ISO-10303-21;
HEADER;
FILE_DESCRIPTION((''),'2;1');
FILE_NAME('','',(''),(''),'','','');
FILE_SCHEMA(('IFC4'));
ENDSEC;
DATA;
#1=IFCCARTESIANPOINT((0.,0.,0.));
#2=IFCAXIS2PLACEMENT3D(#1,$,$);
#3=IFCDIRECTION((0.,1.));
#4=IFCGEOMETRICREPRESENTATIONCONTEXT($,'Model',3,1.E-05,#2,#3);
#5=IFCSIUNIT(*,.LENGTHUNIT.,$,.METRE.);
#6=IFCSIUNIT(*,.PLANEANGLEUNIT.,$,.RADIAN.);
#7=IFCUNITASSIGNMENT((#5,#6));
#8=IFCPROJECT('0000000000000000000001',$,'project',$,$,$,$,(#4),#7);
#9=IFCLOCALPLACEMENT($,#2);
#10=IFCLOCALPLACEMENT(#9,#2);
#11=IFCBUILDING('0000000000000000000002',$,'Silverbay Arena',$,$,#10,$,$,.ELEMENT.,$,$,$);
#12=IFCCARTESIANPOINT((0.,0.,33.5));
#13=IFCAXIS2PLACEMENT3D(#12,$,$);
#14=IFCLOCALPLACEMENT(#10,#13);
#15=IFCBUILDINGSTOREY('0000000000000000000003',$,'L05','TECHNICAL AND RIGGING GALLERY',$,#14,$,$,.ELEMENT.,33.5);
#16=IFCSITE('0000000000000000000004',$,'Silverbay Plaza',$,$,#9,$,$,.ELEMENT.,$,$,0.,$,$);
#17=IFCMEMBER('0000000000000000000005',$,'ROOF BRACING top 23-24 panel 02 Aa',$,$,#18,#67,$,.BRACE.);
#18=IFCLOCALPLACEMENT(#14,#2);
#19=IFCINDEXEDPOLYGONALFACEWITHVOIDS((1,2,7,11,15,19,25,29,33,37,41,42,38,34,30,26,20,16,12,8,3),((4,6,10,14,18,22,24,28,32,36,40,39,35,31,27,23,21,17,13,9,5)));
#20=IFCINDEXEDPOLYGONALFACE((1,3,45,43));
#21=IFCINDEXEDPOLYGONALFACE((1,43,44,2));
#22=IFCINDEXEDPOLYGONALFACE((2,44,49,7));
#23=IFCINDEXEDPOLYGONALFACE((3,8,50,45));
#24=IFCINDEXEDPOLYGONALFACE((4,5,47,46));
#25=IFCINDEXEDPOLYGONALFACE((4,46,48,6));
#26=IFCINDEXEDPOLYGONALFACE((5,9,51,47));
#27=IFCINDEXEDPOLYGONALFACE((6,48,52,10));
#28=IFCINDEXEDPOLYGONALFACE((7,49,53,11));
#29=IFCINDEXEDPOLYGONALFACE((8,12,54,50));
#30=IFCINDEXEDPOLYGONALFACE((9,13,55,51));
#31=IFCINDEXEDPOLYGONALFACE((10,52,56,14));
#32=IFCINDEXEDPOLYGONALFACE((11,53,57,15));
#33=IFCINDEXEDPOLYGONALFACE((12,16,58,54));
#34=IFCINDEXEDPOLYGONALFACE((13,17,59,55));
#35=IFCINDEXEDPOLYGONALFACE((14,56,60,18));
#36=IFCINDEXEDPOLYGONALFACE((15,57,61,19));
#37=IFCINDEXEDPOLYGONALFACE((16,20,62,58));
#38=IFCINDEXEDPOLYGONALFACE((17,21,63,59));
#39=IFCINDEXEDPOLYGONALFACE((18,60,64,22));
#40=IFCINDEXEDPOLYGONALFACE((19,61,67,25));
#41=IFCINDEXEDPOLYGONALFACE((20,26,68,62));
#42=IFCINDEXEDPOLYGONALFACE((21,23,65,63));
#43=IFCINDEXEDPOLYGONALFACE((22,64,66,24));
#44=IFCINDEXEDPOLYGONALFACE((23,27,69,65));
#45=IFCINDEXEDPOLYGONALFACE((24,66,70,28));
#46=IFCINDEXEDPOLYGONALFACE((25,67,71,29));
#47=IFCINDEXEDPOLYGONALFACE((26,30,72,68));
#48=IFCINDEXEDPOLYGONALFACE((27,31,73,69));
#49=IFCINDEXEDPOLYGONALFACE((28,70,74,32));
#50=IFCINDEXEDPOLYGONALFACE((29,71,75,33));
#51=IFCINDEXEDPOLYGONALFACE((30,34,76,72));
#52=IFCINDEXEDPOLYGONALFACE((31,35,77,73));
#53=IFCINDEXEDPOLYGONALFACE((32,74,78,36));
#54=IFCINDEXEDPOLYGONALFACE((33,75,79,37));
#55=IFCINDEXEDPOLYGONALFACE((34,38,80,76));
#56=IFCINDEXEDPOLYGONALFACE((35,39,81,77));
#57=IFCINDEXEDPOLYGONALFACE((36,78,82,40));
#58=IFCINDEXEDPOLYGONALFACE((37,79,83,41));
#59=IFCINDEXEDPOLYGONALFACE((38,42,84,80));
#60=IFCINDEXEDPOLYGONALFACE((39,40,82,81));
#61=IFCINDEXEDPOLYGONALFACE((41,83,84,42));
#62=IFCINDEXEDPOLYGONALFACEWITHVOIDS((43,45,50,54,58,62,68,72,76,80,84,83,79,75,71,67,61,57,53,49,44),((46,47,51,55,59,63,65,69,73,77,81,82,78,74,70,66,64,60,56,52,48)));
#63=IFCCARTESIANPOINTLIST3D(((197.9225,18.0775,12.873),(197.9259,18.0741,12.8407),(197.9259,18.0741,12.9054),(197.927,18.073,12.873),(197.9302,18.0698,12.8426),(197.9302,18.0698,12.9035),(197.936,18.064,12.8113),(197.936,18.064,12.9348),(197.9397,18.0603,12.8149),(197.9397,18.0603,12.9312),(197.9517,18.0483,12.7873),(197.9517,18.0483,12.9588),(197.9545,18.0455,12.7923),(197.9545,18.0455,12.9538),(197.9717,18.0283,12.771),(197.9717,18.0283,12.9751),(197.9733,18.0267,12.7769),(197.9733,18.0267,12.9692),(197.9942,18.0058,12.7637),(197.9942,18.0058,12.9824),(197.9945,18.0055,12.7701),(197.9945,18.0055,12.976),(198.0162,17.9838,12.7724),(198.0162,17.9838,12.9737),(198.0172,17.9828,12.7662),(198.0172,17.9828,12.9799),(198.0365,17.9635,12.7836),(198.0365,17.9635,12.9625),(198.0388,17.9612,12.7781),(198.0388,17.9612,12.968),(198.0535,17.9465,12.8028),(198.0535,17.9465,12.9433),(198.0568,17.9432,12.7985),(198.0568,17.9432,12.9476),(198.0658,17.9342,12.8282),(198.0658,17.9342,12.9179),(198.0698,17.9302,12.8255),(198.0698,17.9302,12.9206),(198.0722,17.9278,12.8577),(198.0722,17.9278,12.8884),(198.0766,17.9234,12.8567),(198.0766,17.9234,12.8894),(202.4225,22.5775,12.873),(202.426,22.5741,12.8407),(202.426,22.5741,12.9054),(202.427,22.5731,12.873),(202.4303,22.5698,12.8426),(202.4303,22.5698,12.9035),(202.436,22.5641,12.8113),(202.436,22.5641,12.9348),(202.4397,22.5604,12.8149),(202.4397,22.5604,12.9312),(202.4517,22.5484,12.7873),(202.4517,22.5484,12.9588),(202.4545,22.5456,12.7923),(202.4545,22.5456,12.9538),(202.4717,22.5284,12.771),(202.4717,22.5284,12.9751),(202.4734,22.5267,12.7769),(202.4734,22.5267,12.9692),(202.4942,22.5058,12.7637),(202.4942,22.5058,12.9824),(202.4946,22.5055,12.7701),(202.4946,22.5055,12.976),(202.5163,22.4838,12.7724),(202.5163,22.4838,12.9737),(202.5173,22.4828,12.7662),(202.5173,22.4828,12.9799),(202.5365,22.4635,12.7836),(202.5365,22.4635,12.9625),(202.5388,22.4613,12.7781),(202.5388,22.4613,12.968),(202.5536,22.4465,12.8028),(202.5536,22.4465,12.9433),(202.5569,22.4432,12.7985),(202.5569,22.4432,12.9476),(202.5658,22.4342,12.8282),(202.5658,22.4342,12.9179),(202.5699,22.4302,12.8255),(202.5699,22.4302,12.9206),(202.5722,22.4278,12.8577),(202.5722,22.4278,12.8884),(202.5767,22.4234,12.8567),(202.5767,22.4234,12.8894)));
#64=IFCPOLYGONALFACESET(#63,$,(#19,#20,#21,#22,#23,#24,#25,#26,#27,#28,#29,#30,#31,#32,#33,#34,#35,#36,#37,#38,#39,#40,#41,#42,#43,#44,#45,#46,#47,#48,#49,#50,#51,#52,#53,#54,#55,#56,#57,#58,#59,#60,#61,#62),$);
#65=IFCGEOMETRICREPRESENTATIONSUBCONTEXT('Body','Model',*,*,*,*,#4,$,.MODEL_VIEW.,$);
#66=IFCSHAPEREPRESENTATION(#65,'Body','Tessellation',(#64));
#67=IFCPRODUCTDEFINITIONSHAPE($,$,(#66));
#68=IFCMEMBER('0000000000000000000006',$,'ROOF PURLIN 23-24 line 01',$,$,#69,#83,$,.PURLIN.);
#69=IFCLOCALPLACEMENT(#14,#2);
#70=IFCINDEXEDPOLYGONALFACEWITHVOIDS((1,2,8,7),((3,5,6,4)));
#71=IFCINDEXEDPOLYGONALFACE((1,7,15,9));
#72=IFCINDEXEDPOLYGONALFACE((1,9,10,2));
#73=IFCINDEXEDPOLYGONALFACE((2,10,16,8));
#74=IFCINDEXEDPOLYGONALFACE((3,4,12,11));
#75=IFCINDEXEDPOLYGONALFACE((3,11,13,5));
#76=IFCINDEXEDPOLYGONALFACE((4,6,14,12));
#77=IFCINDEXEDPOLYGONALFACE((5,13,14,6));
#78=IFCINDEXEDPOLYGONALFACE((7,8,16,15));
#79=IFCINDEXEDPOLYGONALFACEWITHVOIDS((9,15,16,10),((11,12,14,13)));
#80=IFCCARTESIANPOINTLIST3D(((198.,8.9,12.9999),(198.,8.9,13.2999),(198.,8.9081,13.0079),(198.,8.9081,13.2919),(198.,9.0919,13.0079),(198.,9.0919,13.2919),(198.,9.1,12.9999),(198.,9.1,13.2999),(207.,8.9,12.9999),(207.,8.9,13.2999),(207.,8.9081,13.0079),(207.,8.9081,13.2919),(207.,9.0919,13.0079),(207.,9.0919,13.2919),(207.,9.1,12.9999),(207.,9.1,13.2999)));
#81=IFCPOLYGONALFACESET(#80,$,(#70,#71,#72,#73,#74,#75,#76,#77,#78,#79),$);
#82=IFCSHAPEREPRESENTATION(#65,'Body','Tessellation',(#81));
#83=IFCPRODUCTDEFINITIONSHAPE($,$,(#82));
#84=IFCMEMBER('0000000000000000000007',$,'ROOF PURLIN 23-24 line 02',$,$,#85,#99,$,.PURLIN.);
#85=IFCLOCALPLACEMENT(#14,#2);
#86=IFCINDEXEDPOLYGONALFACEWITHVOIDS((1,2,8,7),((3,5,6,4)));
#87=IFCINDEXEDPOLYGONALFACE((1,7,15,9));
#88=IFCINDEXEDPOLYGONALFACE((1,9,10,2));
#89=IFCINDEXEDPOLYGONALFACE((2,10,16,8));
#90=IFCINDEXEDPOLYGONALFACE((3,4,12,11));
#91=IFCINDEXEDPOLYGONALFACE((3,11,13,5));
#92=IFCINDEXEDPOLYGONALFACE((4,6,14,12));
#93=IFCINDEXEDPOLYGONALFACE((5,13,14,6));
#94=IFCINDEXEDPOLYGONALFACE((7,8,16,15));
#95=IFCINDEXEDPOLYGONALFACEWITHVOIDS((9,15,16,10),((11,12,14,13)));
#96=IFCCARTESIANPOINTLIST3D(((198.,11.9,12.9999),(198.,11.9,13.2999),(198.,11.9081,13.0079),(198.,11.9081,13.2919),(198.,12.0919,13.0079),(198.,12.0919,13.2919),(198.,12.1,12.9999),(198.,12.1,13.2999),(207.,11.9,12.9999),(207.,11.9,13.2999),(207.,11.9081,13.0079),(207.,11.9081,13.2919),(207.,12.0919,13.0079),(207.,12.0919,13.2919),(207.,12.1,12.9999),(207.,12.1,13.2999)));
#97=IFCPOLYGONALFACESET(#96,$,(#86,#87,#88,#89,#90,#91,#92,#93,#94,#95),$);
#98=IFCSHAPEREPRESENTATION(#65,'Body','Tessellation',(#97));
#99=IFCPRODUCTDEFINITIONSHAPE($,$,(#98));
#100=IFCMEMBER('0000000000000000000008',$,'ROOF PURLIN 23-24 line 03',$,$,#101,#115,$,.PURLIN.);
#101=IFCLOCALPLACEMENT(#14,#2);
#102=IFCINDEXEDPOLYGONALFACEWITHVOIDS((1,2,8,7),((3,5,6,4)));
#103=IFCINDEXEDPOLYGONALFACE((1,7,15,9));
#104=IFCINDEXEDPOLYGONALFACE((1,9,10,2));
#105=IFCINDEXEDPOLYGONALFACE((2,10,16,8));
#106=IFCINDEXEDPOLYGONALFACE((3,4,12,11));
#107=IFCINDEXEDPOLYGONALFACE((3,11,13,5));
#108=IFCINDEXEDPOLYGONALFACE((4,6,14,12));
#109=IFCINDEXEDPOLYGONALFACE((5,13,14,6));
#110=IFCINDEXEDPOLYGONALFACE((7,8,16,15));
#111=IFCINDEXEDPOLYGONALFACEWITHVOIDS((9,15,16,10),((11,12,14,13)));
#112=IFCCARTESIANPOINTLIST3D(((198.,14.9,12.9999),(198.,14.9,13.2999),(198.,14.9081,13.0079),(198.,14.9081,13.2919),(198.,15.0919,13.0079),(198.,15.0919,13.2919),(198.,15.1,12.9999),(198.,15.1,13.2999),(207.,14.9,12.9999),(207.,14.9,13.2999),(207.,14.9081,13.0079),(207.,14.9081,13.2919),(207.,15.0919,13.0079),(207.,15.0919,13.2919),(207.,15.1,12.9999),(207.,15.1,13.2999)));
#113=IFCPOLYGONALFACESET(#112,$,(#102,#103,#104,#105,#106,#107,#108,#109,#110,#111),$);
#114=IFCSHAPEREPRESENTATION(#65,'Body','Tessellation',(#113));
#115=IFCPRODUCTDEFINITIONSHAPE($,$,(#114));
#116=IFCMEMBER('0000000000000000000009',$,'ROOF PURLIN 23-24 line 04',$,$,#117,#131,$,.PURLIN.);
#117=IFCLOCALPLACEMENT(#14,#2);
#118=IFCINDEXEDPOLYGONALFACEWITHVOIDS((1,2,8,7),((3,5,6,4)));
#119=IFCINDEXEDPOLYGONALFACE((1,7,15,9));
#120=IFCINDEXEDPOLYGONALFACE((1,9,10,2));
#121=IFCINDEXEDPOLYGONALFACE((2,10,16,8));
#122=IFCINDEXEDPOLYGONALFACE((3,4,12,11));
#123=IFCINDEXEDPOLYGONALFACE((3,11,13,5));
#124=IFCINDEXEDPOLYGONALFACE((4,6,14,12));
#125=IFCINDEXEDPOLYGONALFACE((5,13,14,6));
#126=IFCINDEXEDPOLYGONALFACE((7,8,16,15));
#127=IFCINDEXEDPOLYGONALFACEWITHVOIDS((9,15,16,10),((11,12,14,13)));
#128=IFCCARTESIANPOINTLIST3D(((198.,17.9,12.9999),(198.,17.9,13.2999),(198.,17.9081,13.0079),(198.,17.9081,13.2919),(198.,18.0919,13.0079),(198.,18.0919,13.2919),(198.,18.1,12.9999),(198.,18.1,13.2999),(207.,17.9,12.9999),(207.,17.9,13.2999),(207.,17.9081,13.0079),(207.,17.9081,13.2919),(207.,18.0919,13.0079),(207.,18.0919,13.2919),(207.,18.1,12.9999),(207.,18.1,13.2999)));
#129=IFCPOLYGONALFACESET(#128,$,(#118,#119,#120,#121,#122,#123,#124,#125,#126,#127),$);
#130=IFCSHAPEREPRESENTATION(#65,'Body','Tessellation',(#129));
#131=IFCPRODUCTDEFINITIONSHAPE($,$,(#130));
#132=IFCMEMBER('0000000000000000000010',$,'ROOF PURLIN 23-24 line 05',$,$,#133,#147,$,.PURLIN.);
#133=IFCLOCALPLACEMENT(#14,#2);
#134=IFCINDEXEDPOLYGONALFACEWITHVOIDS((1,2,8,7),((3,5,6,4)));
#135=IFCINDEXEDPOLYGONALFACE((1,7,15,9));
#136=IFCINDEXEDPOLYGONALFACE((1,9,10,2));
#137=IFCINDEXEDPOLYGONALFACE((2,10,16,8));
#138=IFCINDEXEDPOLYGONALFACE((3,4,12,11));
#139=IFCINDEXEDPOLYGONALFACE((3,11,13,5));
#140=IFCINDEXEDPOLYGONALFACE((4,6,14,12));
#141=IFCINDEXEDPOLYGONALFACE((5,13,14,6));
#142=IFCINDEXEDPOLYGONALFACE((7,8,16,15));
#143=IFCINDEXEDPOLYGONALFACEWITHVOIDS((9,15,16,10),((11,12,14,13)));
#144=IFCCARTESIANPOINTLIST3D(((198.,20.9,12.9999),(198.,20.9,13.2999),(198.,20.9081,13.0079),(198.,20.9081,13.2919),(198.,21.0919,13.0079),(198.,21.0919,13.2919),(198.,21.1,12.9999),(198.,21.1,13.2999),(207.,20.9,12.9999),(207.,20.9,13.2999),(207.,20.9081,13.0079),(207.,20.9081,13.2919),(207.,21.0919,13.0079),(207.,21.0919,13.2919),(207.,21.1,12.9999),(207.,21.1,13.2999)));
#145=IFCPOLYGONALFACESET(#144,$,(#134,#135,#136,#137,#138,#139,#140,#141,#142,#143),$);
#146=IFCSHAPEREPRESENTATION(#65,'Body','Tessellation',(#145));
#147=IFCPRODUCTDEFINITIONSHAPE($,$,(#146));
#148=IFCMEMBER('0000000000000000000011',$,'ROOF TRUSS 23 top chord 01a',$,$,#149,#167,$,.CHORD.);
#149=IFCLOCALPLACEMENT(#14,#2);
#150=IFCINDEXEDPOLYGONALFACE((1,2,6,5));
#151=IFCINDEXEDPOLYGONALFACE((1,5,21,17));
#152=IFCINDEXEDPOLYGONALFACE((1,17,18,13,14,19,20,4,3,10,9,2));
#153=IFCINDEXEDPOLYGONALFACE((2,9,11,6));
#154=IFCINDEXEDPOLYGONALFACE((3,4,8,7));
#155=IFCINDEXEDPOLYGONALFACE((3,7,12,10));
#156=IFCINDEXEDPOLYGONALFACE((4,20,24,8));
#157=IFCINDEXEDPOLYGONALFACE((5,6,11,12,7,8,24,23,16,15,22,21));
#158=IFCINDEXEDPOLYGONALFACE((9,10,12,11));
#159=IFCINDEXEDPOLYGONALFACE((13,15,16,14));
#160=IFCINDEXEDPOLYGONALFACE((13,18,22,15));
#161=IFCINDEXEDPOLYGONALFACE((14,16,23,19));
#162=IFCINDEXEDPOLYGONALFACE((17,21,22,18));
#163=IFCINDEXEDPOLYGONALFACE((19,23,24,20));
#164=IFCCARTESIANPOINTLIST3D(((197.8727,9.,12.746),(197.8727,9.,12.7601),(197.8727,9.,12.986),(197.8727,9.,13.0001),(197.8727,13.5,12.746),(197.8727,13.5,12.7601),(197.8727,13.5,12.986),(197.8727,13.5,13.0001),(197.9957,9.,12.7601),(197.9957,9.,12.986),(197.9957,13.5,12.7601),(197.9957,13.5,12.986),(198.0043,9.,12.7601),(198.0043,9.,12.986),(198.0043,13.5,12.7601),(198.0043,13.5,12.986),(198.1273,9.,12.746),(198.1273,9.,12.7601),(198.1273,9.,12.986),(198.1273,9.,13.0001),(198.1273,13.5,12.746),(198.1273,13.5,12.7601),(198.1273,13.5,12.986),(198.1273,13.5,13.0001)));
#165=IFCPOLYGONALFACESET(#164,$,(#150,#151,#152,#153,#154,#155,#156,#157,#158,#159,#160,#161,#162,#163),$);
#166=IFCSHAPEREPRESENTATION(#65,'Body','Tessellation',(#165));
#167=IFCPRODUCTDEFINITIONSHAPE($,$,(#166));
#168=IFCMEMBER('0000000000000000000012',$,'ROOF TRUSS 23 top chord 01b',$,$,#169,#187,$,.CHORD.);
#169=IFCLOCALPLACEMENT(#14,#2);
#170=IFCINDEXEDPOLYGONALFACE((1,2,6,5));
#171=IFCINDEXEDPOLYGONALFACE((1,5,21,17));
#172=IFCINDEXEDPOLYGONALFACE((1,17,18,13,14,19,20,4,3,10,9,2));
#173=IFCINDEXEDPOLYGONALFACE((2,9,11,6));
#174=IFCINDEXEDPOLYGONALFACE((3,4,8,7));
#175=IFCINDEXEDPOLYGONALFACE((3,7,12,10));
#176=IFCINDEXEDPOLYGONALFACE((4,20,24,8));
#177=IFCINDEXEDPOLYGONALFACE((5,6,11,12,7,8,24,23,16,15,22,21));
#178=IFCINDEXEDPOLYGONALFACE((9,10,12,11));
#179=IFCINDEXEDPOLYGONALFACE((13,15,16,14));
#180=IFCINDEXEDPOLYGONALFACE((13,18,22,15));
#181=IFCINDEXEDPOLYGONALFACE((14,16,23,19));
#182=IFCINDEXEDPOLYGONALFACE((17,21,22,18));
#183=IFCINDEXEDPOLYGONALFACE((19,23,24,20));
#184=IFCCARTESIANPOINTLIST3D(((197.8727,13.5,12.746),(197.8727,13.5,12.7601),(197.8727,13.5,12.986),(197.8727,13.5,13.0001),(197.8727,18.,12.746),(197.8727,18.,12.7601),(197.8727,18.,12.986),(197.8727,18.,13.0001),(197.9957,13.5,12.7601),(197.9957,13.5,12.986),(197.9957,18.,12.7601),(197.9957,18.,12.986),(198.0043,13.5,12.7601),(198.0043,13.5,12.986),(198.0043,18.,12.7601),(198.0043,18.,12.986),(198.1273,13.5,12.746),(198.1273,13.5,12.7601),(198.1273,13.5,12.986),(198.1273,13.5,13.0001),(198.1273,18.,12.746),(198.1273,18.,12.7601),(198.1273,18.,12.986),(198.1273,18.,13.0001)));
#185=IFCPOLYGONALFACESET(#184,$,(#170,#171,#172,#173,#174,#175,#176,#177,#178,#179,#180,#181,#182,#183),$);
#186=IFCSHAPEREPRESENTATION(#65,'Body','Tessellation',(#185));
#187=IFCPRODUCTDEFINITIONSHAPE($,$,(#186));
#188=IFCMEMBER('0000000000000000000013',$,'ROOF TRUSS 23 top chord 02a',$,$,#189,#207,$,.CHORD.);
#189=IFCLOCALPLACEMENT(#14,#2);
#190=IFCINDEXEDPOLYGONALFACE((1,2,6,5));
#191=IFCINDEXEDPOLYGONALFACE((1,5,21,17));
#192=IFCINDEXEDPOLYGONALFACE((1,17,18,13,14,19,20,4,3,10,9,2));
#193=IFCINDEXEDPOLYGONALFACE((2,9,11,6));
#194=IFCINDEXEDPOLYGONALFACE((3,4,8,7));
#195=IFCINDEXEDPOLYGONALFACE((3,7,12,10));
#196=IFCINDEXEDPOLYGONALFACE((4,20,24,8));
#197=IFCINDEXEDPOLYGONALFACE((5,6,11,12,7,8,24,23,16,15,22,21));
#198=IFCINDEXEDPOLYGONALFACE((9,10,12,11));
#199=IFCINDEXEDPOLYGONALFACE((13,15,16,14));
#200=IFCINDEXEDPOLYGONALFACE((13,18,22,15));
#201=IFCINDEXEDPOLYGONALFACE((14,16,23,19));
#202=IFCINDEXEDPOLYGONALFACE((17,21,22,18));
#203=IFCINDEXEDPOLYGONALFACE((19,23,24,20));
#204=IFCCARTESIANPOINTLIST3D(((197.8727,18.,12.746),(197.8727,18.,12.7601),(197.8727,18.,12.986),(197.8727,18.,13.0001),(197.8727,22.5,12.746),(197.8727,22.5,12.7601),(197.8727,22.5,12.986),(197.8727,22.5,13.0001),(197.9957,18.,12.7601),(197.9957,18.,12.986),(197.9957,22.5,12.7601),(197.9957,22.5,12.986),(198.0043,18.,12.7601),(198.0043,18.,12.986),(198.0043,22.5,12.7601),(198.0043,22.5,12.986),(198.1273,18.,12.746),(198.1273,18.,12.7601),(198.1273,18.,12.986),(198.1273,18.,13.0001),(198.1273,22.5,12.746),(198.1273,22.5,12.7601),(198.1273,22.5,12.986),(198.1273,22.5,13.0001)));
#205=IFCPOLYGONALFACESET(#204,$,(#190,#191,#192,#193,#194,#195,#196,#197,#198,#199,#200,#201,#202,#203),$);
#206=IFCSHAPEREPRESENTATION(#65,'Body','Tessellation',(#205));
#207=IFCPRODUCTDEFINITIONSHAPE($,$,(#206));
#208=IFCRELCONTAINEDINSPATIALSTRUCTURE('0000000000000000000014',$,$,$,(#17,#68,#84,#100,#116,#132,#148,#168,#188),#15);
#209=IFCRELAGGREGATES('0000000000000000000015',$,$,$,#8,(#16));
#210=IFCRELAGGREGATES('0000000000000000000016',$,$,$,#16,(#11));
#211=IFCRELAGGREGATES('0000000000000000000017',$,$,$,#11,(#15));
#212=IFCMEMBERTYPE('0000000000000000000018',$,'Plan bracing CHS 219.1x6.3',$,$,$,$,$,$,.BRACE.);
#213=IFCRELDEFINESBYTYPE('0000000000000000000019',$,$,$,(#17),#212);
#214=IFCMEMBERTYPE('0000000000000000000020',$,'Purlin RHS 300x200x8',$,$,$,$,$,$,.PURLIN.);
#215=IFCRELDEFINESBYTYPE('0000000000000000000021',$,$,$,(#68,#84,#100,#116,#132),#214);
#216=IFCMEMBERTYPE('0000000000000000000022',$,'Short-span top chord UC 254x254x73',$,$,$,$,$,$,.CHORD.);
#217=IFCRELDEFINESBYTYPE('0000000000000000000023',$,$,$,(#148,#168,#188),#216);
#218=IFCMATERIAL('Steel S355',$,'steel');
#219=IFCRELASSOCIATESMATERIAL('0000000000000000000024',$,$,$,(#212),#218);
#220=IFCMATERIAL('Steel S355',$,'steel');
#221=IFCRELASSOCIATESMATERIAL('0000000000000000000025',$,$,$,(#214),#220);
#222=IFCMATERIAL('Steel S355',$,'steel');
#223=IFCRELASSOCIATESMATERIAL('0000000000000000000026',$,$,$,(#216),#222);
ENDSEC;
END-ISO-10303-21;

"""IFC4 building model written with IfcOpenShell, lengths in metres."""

from ifc_helpers import new_model, si_unit, direction, frame, origin, origin_2d, place, context, subcontext, project, spatial, hollow_rectangle, hollow_circle, i_section, extrude, material, material_profile, profile_set, type_object, element, save


model = new_model("IFC4")

# Units and contexts
model_context = context("Model", 3, precision=1e-05, world=origin(), true_north=direction((0.0, 1.0)))
body_context = subcontext(model_context, "Body", "Model", "MODEL_VIEW")
ifc_project = project(units=[si_unit("LENGTHUNIT", "METRE"), si_unit("PLANEANGLEUNIT", "RADIAN")], contexts=[model_context])

# Site, building, storey
site_placement = place(None, origin())
site = spatial("IfcSite", under=ifc_project, at=site_placement, Name="Silverbay Plaza", CompositionType="ELEMENT", RefElevation=0.0)
building_placement = place(site_placement, origin())
building = spatial("IfcBuilding", under=site, at=building_placement, Name="Silverbay Arena", CompositionType="ELEMENT")
storey_placement = place(building_placement, frame((0.0, 0.0, 33.5)))
storey = spatial("IfcBuildingStorey", under=building, at=storey_placement, Name="L05", Description="TECHNICAL AND RIGGING GALLERY", CompositionType="ELEMENT", Elevation=33.5)

# Members
ifc_material_1 = material(Name="Steel S355", Category="steel")
ifc_material_profile_1 = material_profile(ifc_material_1, hollow_circle(Radius=0.1096, WallThickness=0.0063, at=origin_2d()), Name="CHS 219.1x6.3")
ifc_profile_set_1 = profile_set([ifc_material_profile_1], Name="Steel S355")
member_type_1 = type_object("IfcMemberType", Name="Plan bracing CHS 219.1x6.3", PredefinedType="BRACE", material=ifc_profile_set_1)
member_1_placement = place(storey_placement, frame((198.0, 18.0, 12.873), z_axis=(0.707107, 0.707107, 0.0), x_axis=(-0.707107, 0.707107, 0.0)))
element("IfcMember", 1, at=member_1_placement, inside=storey, type_object=member_type_1, Name="ROOF BRACING top 23-24 panel 02 Aa", PredefinedType="BRACE", context=body_context, shape_type="SweptSolid", body=[
    extrude(hollow_circle(Radius=0.1096, WallThickness=0.0063, at=origin_2d()), origin(), (0.0, 0.0, 1.0), 6.364),
])
ifc_material_2 = material(Name="Steel S355", Category="steel")
ifc_material_profile_2 = material_profile(ifc_material_2, hollow_rectangle(XDim=0.2, YDim=0.3, WallThickness=0.0081, at=origin_2d()), Name="RHS 300x200x8")
ifc_profile_set_2 = profile_set([ifc_material_profile_2], Name="Steel S355")
member_type_2 = type_object("IfcMemberType", Name="Purlin RHS 300x200x8", PredefinedType="PURLIN", material=ifc_profile_set_2)
for number, where, z_axis, x_axis, name in (
    (2, (198.0, 9.0, 13.1499), (1.0, 0.0, 0.0), (0.0, 1.0, 0.0), "ROOF PURLIN 23-24 line 01"),
    (3, (198.0, 12.0, 13.1499), (1.0, 0.0, 0.0), (0.0, 1.0, 0.0), "ROOF PURLIN 23-24 line 02"),
    (4, (198.0, 15.0, 13.1499), (1.0, 0.0, 0.0), (0.0, 1.0, 0.0), "ROOF PURLIN 23-24 line 03"),
    (5, (198.0, 18.0, 13.1499), (1.0, 0.0, 0.0), (0.0, 1.0, 0.0), "ROOF PURLIN 23-24 line 04"),
    (6, (198.0, 21.0, 13.1499), (1.0, 0.0, 0.0), (0.0, 1.0, 0.0), "ROOF PURLIN 23-24 line 05"),
):
    element("IfcMember", number, at=place(storey_placement, frame(where, z_axis=z_axis, x_axis=x_axis)), inside=storey, type_object=member_type_2, Name=name, PredefinedType="PURLIN", context=body_context, shape_type="SweptSolid", body=[
        extrude(hollow_rectangle(XDim=0.2, YDim=0.3, WallThickness=0.0081, at=origin_2d()), origin(), (0.0, 0.0, 1.0), 9.0),
    ])
ifc_material_3 = material(Name="Steel S355", Category="steel")
ifc_material_profile_3 = material_profile(ifc_material_3, i_section(OverallWidth=0.2546, OverallDepth=0.2542, WebThickness=0.0085, FlangeThickness=0.0142, at=origin_2d()), Name="UC 254x254x73")
ifc_profile_set_3 = profile_set([ifc_material_profile_3], Name="Steel S355")
member_type_3 = type_object("IfcMemberType", Name="Short-span top chord UC 254x254x73", PredefinedType="CHORD", material=ifc_profile_set_3)
for number, where, z_axis, x_axis, name in (
    (7, (198.0, 9.0, 12.873), (0.0, 1.0, 0.0), (-1.0, 0.0, 0.0), "ROOF TRUSS 23 top chord 01a"),
    (8, (198.0, 13.5, 12.873), (0.0, 1.0, 0.0), (-1.0, 0.0, 0.0), "ROOF TRUSS 23 top chord 01b"),
    (9, (198.0, 18.0, 12.873), (0.0, 1.0, 0.0), (-1.0, 0.0, 0.0), "ROOF TRUSS 23 top chord 02a"),
):
    element("IfcMember", number, at=place(storey_placement, frame(where, z_axis=z_axis, x_axis=x_axis)), inside=storey, type_object=member_type_3, Name=name, PredefinedType="CHORD", context=body_context, shape_type="SweptSolid", body=[
        extrude(i_section(OverallWidth=0.2546, OverallDepth=0.2542, WebThickness=0.0085, FlangeThickness=0.0142, at=origin_2d()), origin(), (0.0, 0.0, 1.0), 4.5),
    ])

save(model, "model.ifc")
